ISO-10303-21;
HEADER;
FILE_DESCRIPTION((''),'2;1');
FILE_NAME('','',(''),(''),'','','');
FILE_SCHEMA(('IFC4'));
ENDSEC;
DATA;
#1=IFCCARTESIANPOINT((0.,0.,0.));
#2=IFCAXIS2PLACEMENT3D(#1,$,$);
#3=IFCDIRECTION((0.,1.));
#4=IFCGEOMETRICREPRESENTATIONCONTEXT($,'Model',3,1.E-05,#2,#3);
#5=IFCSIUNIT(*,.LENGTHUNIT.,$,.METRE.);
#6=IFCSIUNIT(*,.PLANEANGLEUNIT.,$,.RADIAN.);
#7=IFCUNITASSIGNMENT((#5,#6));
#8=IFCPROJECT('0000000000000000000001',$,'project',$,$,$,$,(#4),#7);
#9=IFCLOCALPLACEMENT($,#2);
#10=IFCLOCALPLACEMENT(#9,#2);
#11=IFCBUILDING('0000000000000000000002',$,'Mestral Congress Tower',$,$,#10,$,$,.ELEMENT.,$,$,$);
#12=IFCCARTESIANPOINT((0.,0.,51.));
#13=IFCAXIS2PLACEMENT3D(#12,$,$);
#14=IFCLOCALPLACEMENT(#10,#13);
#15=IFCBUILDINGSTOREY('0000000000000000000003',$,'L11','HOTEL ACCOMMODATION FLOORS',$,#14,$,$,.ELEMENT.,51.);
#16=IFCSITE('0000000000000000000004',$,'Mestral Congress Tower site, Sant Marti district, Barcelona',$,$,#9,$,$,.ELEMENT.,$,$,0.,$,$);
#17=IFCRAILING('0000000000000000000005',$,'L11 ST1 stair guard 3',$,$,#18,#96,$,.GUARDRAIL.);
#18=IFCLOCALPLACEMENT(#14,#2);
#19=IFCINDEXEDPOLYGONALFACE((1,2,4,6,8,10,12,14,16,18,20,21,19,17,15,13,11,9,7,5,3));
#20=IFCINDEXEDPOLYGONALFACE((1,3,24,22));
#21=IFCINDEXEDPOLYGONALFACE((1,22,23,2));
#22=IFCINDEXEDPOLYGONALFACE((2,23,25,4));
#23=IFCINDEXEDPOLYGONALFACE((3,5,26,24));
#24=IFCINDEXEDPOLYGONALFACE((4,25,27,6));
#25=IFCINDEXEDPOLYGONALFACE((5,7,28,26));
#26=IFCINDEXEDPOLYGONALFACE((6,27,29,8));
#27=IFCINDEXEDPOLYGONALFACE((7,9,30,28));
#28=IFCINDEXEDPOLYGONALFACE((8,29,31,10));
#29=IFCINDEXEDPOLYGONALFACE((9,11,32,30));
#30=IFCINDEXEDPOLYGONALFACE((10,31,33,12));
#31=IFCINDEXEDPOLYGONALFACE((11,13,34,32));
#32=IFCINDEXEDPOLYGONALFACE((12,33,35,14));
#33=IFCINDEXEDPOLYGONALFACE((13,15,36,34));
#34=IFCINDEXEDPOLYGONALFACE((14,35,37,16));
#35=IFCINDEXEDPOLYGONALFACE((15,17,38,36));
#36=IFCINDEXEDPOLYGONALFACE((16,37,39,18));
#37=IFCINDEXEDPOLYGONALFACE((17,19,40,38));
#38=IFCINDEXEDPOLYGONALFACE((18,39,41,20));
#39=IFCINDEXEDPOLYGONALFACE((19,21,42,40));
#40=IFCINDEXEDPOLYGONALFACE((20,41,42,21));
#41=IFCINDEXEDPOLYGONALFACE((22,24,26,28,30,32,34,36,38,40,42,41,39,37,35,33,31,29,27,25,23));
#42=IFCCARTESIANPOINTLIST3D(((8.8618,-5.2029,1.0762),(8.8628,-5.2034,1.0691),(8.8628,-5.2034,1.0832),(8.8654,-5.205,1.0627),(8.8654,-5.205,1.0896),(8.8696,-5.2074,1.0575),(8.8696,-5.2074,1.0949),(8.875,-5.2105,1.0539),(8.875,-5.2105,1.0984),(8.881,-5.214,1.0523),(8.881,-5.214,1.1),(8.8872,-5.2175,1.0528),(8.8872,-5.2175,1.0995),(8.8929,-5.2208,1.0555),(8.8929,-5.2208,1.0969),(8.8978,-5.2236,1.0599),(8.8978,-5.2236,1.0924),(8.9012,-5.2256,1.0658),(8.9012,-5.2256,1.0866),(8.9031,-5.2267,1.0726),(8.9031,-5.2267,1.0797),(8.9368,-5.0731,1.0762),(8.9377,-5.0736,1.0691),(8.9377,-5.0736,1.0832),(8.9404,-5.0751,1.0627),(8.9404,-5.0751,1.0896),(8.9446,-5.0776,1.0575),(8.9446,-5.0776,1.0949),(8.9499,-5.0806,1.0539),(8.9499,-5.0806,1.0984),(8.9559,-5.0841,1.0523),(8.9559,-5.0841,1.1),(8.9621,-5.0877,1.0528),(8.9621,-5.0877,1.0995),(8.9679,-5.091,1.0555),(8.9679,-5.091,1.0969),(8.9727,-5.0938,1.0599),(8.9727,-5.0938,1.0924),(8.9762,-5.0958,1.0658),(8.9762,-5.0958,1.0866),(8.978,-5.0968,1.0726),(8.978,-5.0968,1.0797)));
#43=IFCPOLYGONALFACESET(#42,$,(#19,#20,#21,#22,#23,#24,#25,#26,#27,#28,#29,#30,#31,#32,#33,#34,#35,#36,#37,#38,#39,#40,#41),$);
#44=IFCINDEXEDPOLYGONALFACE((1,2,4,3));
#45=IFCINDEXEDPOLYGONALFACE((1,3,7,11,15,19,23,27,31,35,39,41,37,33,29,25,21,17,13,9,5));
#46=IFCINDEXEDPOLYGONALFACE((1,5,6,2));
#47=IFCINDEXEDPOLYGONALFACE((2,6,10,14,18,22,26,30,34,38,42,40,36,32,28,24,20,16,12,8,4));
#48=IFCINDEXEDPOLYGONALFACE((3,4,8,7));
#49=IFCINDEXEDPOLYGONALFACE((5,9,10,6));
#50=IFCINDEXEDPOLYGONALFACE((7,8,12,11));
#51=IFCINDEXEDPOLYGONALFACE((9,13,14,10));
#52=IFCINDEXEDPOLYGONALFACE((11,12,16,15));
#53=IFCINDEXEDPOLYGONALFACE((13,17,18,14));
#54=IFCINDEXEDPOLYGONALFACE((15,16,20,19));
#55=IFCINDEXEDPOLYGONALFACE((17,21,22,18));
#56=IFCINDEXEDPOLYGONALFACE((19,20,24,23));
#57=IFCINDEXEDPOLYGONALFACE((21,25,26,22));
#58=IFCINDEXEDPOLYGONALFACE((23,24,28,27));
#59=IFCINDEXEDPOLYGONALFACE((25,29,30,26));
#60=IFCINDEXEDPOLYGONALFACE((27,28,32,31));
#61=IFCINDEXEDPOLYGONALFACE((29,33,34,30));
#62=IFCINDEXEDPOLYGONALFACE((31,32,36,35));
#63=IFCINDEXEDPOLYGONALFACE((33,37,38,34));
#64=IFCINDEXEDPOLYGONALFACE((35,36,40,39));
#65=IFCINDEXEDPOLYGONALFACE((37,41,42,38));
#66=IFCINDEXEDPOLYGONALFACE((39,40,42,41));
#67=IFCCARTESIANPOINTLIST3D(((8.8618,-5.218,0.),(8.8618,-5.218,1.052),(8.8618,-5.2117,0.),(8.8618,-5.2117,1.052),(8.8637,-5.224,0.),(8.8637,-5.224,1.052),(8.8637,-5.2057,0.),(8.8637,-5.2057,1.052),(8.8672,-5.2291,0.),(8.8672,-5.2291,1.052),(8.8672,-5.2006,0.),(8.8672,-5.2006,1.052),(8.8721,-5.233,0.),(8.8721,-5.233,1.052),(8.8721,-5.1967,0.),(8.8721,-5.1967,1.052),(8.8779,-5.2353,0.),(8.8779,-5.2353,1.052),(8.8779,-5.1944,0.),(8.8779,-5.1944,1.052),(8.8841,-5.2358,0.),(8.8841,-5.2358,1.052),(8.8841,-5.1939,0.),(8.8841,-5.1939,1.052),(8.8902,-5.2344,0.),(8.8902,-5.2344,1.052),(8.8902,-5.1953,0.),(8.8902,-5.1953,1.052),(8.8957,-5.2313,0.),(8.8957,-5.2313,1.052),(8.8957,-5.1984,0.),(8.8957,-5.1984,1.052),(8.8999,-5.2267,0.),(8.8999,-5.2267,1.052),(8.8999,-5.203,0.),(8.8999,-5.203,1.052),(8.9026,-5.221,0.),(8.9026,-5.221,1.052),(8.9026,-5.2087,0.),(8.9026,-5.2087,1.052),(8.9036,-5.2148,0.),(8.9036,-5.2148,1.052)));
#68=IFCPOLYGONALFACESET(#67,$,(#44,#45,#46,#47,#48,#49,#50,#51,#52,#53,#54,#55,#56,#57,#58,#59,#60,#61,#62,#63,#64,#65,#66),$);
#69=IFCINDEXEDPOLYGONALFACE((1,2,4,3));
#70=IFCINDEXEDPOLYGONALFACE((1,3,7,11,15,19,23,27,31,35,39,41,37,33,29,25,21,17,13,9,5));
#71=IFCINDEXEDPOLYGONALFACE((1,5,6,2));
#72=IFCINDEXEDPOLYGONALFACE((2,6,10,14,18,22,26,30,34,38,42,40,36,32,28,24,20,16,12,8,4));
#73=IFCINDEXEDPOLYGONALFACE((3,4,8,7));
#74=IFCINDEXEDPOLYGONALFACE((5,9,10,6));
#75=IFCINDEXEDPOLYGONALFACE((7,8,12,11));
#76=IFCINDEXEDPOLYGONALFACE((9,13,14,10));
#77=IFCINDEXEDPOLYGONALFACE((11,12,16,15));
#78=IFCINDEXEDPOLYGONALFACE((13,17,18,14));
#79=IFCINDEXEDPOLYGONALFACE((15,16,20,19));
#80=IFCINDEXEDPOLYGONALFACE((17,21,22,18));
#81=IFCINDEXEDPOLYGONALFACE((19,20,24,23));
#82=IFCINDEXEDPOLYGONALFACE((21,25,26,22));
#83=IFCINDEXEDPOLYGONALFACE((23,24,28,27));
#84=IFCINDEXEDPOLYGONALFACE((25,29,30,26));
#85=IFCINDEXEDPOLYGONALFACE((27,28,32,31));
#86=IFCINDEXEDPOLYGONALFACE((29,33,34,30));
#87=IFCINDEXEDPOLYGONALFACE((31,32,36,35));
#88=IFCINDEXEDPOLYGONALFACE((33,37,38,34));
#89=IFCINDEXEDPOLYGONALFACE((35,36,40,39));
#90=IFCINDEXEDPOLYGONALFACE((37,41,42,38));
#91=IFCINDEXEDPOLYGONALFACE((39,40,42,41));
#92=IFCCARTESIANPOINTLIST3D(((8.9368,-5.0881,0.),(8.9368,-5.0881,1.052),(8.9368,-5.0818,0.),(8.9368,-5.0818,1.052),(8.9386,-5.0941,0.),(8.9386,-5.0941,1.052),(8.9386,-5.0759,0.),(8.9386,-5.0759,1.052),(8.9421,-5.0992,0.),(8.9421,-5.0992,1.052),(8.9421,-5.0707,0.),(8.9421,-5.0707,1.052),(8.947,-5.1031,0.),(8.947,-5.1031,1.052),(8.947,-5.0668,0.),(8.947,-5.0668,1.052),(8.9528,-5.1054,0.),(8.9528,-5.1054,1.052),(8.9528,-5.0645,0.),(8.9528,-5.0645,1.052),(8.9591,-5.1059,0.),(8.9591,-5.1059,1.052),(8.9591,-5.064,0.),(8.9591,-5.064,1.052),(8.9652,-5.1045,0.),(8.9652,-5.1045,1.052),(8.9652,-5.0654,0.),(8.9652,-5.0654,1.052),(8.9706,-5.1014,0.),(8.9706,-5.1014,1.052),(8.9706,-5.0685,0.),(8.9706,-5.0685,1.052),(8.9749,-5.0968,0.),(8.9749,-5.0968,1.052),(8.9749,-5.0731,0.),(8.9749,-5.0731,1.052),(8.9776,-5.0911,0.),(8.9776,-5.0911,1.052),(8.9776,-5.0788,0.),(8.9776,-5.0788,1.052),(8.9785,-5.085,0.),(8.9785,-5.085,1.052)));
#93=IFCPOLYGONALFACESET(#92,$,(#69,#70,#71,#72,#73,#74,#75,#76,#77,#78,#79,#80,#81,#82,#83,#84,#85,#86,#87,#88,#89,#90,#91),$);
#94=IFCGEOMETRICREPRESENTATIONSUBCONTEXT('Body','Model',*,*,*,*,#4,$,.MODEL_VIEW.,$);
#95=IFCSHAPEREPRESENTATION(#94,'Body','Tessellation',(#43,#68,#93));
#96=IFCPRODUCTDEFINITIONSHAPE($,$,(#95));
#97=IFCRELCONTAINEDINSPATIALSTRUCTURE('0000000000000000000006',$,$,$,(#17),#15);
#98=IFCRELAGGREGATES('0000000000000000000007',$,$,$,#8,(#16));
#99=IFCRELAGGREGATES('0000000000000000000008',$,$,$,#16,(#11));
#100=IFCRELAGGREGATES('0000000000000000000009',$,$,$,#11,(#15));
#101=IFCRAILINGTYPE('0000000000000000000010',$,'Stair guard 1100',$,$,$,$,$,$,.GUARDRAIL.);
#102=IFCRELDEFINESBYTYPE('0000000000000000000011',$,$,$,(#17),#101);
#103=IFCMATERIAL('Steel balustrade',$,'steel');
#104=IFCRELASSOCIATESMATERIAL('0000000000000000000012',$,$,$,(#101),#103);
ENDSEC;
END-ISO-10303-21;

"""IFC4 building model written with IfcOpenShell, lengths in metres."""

from ifc_helpers import new_model, si_unit, direction, frame, origin, origin_2d, place, context, subcontext, project, spatial, circle, extrude, material, type_object, element, save


model = new_model("IFC4")

# Units and contexts
model_context = context("Model", 3, precision=1e-05, world=origin(), true_north=direction((0.0, 1.0)))
body_context = subcontext(model_context, "Body", "Model", "MODEL_VIEW")
ifc_project = project(units=[si_unit("LENGTHUNIT", "METRE"), si_unit("PLANEANGLEUNIT", "RADIAN")], contexts=[model_context])

# Site, building, storey
site_placement = place(None, origin())
site = spatial("IfcSite", under=ifc_project, at=site_placement, Name="Mestral Congress Tower site, Sant Marti district, Barcelona", CompositionType="ELEMENT", RefElevation=0.0)
building_placement = place(site_placement, origin())
building = spatial("IfcBuilding", under=site, at=building_placement, Name="Mestral Congress Tower", CompositionType="ELEMENT")
storey_placement = place(building_placement, frame((0.0, 0.0, 51.0)))
storey = spatial("IfcBuildingStorey", under=building, at=storey_placement, Name="L11", Description="HOTEL ACCOMMODATION FLOORS", CompositionType="ELEMENT", Elevation=51.0)

# Railing
ifc_material_1 = material(Name="Steel balustrade", Category="steel")
railing_type_1 = type_object("IfcRailingType", Name="Stair guard 1100", PredefinedType="GUARDRAIL", material=ifc_material_1)
railing_1_placement = place(storey_placement, frame((8.8826, -5.2148, 0.0)))
element("IfcRailing", 1, at=railing_1_placement, inside=storey, type_object=railing_type_1, Name="L11 ST1 stair guard 3", PredefinedType="GUARDRAIL", context=body_context, shape_type="SweptSolid", body=[
    extrude(circle(Radius=0.0239, at=origin_2d()), frame((0.0, 0.0, 1.0762), z_axis=(0.499816, 0.866131, 0.0), x_axis=(-0.866131, 0.499816, 0.0)), (0.0, 0.0, 1.0), 0.1499),
    extrude(circle(Radius=0.021, at=origin_2d()), origin(), (0.0, 0.0, 1.0), 1.052),
    extrude(circle(Radius=0.021, at=origin_2d()), frame((0.075, 0.1299, 0.0)), (0.0, 0.0, 1.0), 1.052),
])

save(model, "model.ifc")
